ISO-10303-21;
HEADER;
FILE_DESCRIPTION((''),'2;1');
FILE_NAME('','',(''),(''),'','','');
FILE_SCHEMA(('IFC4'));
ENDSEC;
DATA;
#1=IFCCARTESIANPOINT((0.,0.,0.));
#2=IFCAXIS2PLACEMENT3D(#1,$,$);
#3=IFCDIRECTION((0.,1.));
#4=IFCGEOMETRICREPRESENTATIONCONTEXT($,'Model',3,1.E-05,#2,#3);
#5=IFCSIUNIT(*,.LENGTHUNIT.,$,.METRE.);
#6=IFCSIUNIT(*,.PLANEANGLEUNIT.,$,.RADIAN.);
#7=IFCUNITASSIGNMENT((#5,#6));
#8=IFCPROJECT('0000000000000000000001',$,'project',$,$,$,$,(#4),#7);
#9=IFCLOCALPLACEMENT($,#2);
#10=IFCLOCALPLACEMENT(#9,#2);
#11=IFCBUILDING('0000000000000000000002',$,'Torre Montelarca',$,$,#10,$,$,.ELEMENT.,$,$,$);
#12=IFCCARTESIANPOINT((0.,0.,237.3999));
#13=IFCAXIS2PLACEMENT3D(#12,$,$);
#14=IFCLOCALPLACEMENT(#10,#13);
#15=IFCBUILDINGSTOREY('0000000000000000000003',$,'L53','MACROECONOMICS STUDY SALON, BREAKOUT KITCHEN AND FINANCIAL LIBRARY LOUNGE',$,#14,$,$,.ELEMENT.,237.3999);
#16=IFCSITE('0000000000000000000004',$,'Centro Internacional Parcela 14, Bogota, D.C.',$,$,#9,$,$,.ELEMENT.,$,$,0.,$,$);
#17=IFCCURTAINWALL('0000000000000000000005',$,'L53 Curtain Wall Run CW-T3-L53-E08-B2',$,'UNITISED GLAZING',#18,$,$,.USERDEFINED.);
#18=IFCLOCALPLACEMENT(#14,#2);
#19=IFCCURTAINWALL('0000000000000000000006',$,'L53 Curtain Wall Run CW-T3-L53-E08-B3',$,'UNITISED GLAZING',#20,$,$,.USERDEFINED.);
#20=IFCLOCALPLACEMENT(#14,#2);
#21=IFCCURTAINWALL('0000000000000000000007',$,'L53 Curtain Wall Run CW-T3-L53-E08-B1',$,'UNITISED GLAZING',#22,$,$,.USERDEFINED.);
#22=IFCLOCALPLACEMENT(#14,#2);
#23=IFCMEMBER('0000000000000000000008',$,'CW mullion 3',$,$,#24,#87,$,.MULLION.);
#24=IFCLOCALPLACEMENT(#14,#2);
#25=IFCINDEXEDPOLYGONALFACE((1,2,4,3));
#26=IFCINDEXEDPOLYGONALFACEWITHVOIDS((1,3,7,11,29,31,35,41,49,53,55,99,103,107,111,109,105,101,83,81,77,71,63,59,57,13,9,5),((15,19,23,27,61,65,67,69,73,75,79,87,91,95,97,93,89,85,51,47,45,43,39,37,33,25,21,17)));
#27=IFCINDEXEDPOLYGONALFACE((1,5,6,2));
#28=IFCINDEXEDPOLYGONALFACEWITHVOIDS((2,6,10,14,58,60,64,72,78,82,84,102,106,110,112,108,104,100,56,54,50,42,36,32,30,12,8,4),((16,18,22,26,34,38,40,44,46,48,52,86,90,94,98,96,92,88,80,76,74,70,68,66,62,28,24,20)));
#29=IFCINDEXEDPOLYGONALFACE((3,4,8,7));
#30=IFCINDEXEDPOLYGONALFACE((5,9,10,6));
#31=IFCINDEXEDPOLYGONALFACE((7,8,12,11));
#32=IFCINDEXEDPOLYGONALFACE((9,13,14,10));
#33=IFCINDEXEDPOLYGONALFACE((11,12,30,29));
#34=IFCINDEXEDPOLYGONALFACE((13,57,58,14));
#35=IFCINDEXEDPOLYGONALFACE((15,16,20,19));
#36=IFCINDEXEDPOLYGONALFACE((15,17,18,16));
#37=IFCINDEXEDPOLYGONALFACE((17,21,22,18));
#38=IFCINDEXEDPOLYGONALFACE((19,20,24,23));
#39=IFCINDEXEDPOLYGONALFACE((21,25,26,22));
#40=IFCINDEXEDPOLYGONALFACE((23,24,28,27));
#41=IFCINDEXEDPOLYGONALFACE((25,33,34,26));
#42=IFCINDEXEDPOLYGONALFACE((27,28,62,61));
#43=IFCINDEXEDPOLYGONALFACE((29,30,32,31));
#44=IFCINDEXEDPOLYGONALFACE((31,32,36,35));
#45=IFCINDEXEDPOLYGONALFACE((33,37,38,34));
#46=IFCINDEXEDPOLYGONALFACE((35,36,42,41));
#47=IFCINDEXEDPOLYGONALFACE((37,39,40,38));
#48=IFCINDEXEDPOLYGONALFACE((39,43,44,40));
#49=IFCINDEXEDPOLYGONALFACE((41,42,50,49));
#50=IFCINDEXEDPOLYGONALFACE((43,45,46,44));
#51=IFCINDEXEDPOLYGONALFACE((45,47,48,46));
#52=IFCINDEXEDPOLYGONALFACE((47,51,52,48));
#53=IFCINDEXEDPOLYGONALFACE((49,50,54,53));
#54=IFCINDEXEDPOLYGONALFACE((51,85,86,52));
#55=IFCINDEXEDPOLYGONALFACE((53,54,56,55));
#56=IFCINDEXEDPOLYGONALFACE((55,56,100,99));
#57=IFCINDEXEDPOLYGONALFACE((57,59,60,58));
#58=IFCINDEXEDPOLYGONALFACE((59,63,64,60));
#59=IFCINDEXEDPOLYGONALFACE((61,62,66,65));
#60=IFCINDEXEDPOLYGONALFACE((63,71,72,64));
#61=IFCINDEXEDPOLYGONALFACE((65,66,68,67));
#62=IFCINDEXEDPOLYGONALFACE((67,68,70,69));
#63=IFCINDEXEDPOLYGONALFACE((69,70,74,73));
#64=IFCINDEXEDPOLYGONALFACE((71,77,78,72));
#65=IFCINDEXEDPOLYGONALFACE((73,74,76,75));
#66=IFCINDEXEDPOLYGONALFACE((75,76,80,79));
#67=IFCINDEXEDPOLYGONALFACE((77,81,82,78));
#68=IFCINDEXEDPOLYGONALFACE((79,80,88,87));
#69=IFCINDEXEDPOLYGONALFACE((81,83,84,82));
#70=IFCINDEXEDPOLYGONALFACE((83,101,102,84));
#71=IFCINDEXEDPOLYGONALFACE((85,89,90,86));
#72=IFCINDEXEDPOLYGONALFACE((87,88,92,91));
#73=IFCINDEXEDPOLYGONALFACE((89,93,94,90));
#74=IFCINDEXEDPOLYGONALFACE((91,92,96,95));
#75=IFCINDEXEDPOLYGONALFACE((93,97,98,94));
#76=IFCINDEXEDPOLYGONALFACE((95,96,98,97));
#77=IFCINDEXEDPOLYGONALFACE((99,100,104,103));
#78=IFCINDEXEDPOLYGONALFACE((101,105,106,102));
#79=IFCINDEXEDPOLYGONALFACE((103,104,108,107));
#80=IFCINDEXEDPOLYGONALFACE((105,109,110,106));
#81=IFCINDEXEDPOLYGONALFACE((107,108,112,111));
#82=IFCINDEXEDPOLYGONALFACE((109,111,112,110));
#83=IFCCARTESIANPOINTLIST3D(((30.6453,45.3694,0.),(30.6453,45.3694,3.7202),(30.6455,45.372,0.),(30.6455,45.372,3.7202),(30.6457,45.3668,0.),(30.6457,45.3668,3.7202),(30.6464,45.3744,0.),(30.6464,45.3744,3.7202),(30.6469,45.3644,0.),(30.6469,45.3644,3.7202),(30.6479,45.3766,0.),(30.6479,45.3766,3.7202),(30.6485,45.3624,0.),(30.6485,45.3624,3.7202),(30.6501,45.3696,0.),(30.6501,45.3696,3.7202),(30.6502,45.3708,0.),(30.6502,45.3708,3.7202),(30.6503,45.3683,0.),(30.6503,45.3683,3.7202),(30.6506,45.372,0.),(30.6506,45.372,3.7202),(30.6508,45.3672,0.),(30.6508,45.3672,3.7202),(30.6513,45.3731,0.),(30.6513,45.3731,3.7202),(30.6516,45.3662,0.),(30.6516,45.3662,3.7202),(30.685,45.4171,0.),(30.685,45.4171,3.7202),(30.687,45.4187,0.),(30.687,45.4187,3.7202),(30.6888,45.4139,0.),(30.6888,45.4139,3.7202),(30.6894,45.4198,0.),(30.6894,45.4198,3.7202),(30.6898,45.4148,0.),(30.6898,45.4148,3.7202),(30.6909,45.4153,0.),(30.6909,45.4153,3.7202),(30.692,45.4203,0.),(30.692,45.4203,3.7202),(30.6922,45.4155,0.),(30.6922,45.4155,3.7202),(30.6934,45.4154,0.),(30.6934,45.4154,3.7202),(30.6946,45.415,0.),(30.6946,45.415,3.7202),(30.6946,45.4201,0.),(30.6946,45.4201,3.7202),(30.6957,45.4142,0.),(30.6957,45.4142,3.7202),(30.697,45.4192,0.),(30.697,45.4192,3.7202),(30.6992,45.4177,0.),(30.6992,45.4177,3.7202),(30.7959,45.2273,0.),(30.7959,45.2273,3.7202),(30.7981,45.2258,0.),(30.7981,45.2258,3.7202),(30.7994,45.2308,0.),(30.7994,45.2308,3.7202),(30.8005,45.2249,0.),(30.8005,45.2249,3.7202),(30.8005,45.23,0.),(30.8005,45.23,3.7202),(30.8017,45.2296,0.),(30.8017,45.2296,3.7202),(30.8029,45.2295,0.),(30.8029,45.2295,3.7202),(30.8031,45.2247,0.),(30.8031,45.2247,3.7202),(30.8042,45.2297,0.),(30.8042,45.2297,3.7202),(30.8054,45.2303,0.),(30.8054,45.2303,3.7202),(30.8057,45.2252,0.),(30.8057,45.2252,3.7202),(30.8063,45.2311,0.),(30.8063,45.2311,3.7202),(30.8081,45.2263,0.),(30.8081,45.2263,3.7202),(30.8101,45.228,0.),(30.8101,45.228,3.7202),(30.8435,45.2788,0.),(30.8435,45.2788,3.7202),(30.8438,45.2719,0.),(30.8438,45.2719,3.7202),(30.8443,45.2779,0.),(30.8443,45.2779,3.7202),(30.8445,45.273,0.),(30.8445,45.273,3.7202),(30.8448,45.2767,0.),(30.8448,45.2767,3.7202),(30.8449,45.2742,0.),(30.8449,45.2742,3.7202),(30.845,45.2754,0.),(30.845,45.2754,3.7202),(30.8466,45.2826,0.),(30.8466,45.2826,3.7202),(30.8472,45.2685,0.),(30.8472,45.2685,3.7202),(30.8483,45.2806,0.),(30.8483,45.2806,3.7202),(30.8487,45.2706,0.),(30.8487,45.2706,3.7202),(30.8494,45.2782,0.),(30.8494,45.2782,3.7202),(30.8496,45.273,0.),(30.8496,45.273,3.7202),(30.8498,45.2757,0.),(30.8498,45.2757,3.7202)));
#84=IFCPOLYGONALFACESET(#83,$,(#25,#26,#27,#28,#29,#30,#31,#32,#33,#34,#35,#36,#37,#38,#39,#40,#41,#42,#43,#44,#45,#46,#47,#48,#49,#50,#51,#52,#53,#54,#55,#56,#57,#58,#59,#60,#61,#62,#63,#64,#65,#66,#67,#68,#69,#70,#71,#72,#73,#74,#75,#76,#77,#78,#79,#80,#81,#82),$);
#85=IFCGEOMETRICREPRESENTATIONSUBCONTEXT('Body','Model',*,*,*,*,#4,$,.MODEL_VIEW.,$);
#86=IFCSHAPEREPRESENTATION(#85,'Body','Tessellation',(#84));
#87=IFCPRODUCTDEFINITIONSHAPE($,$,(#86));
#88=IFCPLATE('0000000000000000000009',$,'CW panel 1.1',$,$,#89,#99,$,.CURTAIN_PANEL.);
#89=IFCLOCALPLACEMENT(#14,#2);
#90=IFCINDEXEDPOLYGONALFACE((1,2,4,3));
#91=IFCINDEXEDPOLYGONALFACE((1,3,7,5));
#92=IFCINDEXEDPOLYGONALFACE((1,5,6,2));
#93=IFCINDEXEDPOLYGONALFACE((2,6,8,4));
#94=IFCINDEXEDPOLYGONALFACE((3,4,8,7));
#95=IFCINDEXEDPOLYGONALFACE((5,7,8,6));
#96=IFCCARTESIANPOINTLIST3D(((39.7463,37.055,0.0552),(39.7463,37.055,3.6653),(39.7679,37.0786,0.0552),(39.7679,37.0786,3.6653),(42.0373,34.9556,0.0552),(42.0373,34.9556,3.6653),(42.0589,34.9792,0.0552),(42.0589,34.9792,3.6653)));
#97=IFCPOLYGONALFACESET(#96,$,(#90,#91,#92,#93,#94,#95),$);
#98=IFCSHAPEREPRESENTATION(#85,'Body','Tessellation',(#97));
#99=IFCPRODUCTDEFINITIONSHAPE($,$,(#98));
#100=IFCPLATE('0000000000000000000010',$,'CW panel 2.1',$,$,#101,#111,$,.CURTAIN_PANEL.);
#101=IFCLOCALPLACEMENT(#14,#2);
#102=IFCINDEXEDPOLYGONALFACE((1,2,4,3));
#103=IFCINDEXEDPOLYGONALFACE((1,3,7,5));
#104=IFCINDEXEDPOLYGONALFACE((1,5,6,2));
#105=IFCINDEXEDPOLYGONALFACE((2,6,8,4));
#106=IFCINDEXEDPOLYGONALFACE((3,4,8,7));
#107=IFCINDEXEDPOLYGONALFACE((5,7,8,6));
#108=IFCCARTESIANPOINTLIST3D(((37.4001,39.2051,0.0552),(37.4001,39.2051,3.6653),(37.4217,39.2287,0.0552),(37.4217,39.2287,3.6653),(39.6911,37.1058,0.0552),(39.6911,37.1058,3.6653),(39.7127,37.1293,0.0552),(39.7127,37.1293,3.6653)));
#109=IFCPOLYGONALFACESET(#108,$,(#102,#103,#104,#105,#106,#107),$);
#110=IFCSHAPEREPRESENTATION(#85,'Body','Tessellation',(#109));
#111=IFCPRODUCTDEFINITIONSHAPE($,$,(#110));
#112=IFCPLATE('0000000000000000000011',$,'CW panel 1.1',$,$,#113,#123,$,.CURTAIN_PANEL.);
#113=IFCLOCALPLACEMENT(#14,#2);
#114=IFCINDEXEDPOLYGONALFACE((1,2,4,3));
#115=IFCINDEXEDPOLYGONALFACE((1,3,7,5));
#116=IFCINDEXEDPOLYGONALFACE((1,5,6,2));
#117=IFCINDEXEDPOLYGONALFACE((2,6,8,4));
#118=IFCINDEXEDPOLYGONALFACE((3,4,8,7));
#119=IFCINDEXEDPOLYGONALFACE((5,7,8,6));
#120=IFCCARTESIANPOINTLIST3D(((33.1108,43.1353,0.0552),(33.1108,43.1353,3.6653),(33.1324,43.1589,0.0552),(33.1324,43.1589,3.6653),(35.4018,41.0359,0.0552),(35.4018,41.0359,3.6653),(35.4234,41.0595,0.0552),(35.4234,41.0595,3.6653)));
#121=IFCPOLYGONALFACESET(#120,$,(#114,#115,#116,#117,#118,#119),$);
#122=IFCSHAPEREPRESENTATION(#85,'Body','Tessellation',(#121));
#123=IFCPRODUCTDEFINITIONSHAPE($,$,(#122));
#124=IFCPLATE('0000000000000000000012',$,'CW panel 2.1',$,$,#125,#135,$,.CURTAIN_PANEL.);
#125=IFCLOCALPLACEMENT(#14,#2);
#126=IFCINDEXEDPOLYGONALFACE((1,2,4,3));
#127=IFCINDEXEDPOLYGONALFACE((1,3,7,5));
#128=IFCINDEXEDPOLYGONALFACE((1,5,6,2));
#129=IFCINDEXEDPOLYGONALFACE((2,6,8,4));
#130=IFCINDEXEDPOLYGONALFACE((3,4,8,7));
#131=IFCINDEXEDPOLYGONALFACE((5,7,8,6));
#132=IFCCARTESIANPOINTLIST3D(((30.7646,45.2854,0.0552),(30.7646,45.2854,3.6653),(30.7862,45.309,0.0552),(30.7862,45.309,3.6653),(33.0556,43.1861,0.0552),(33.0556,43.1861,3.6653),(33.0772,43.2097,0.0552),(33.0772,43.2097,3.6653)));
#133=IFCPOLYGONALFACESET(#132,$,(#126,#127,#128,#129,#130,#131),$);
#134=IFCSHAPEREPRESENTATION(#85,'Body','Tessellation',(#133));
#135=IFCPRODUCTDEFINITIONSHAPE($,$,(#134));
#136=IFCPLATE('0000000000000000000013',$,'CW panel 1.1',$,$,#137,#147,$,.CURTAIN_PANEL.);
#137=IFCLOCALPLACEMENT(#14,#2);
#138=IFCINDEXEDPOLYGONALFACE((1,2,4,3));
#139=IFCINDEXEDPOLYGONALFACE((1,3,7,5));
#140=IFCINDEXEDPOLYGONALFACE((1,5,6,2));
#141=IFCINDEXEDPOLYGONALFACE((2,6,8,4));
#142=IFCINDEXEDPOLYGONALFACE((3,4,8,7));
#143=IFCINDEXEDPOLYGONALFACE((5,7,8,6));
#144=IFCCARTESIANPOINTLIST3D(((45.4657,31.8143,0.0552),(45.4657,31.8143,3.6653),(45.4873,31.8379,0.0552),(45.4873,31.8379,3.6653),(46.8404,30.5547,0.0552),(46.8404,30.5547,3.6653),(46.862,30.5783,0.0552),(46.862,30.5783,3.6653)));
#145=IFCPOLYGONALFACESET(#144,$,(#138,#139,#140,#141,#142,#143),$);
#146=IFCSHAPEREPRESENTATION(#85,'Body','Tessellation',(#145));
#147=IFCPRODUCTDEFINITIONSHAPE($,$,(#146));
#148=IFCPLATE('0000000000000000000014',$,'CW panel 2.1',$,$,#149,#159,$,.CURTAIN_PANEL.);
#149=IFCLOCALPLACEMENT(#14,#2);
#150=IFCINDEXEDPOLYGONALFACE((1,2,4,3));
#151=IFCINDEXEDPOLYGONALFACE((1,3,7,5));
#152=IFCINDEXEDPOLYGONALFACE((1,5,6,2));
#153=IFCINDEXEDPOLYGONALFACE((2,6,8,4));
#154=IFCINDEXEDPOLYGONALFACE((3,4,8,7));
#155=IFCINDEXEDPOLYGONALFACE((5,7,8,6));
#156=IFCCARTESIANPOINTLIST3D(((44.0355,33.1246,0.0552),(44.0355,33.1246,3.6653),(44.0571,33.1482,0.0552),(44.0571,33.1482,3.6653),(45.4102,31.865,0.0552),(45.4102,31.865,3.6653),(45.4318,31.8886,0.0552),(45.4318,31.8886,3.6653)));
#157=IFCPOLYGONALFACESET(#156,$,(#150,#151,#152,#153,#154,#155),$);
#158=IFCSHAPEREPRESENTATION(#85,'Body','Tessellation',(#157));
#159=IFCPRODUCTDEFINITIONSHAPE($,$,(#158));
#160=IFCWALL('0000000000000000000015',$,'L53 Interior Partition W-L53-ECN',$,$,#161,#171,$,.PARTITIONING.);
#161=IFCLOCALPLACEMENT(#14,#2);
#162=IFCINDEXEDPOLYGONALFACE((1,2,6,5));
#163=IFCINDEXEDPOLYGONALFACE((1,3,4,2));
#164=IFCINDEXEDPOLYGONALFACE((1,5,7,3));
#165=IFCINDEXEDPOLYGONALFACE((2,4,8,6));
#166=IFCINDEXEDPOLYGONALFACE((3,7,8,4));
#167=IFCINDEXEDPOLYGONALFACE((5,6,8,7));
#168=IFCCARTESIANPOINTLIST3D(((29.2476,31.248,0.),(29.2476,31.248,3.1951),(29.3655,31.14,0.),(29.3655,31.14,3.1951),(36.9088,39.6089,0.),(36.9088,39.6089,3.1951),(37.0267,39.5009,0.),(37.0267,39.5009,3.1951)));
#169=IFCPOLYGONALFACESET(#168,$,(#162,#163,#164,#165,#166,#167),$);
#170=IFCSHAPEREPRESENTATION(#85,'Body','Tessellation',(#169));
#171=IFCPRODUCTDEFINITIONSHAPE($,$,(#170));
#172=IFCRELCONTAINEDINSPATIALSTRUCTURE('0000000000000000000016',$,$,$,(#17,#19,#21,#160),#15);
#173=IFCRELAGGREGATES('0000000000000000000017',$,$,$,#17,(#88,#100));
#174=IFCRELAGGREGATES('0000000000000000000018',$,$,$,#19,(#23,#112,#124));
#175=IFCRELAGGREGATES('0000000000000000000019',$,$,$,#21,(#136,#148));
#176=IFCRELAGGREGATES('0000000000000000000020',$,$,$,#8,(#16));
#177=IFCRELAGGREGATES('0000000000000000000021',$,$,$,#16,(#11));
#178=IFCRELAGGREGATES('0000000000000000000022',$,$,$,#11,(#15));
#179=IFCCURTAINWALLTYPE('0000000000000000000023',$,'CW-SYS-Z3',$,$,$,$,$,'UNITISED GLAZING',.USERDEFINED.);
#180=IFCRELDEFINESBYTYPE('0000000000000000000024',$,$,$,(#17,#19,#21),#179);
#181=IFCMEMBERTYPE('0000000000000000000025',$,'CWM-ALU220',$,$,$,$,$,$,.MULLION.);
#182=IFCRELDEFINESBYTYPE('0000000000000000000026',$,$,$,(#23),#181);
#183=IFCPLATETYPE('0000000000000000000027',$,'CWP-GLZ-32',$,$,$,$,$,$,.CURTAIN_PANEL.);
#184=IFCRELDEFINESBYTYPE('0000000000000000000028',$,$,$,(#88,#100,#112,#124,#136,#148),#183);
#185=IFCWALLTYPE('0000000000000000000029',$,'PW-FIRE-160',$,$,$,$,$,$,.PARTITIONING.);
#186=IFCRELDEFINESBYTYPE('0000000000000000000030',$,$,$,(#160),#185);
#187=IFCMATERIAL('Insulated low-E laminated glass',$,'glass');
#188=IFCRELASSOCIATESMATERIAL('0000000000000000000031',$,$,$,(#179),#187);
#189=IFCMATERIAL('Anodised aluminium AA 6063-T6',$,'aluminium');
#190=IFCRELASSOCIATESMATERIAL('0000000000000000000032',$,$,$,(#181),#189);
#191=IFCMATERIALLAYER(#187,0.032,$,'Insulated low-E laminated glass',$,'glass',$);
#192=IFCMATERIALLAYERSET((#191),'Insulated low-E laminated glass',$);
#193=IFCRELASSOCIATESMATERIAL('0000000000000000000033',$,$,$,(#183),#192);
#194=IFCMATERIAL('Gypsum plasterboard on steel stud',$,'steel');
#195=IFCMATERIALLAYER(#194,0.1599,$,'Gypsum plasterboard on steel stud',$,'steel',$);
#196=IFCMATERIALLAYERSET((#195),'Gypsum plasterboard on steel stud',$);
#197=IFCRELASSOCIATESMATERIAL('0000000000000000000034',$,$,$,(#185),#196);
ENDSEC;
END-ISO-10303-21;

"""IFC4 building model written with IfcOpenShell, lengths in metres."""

from ifc_helpers import new_model, si_unit, direction, frame, frame_2d, origin, origin_2d, place, context, subcontext, project, spatial, rectangle, hollow_rectangle, extrude, source, transform, mapped, material, layer, layer_set, material_profile, profile_set, type_object, element, aggregate, save


model = new_model("IFC4")

# Units and contexts
model_context = context("Model", 3, precision=1e-05, world=origin(), true_north=direction((0.0, 1.0)))
body_context = subcontext(model_context, "Body", "Model", "MODEL_VIEW")
ifc_project = project(units=[si_unit("LENGTHUNIT", "METRE"), si_unit("PLANEANGLEUNIT", "RADIAN")], contexts=[model_context])

# Site, building, storey
site_placement = place(None, origin())
site = spatial("IfcSite", under=ifc_project, at=site_placement, Name="Centro Internacional Parcela 14, Bogota, D.C.", CompositionType="ELEMENT", RefElevation=0.0)
building_placement = place(site_placement, origin())
building = spatial("IfcBuilding", under=site, at=building_placement, Name="Torre Montelarca", CompositionType="ELEMENT")
storey_placement = place(building_placement, frame((0.0, 0.0, 237.3999)))
storey = spatial("IfcBuildingStorey", under=building, at=storey_placement, Name="L53", Description="MACROECONOMICS STUDY SALON, BREAKOUT KITCHEN AND FINANCIAL LIBRARY LOUNGE", CompositionType="ELEMENT", Elevation=237.3999)

# Curtain walls
ifc_material_1 = material(Name="Insulated low-E laminated glass", Category="glass")
curtain_wall_type = type_object("IfcCurtainWallType", Name="CW-SYS-Z3", ElementType="UNITISED GLAZING", PredefinedType="USERDEFINED", material=ifc_material_1)
curtain_wall_1_placement = place(storey_placement, origin())
curtain_wall_1 = element("IfcCurtainWall", 1, at=curtain_wall_1_placement, inside=storey, type_object=curtain_wall_type, Name="L53 Curtain Wall Run CW-T3-L53-E08-B2", ObjectType="UNITISED GLAZING", PredefinedType="USERDEFINED")
ifc_material_2 = material(Name="Anodised aluminium AA 6063-T6", Category="aluminium")
curtain_wall_2_placement = place(storey_placement, origin())
curtain_wall_2 = element("IfcCurtainWall", 2, at=curtain_wall_2_placement, inside=storey, type_object=curtain_wall_type, Name="L53 Curtain Wall Run CW-T3-L53-E08-B3", ObjectType="UNITISED GLAZING", PredefinedType="USERDEFINED")

# Curtain wall
curtain_wall_3_placement = place(storey_placement, origin())
curtain_wall_3 = element("IfcCurtainWall", 3, at=curtain_wall_3_placement, inside=storey, type_object=curtain_wall_type, Name="L53 Curtain Wall Run CW-T3-L53-E08-B1", ObjectType="UNITISED GLAZING", PredefinedType="USERDEFINED")
ifc_material_profile_1 = material_profile(ifc_material_2, hollow_rectangle(XDim=0.075, YDim=0.22, WallThickness=0.0049, InnerFilletRadius=0.0049, OuterFilletRadius=0.01, at=origin_2d()), Name="ALU75X220X5", Category="aluminium")
ifc_profile_set_1 = profile_set([ifc_material_profile_1], Name="Anodised aluminium AA 6063-T6")
member_type_1 = type_object("IfcMemberType", Name="CWM-ALU220", PredefinedType="MULLION", material=ifc_profile_set_1)
shared_shape_1 = source(origin(), body_context, "Body", "SweptSolid", [
    extrude(hollow_rectangle(XDim=0.075, YDim=0.22, WallThickness=0.0049, InnerFilletRadius=0.0049, OuterFilletRadius=0.01, at=origin_2d()), origin(), (0.0, 0.0, 1.0), 3.7202),
])

# Member
member_1_placement = place(storey_placement, frame((30.7476, 45.3225, 0.0), z_axis=(0.0, 0.0, 1.0), x_axis=(-0.675595, -0.737273, 0.0)))
member_1 = element("IfcMember", 4, at=member_1_placement, type_object=member_type_1, Name="CW mullion 3", PredefinedType="MULLION", context=body_context, shape_type="MappedRepresentation", body=[
    mapped(shared_shape_1, transform((0.0, 0.0, 0.0), scale=1.0)),
])

# Plates
ifc_layer_1 = layer(ifc_material_1, 0.032, Name="Insulated low-E laminated glass", Category="glass")
ifc_layer_set_1 = layer_set([ifc_layer_1], Name="Insulated low-E laminated glass")
plate_type = type_object("IfcPlateType", Name="CWP-GLZ-32", PredefinedType="CURTAIN_PANEL", material=ifc_layer_set_1)
shared_shape_2 = source(origin(), body_context, "Body", "SweptSolid", [
    extrude(rectangle(XDim=3.1074, YDim=0.032, at=origin_2d()), origin(), (0.0, 0.0, 1.0), 3.6101),
])
plate_1_placement = place(storey_placement, frame((40.9026, 36.0171, 0.0552), z_axis=(0.0, 0.0, 1.0), x_axis=(-0.737273, 0.675595, 0.0)))
plate_1 = element("IfcPlate", 5, at=plate_1_placement, type_object=plate_type, Name="CW panel 1.1", PredefinedType="CURTAIN_PANEL", context=body_context, shape_type="MappedRepresentation", body=[
    mapped(shared_shape_2, transform((0.0, 0.0, 0.0), scale=1.0)),
])
plate_2_placement = place(storey_placement, frame((38.5564, 38.1672, 0.0552), z_axis=(0.0, 0.0, 1.0), x_axis=(-0.737273, 0.675595, 0.0)))
plate_2 = element("IfcPlate", 6, at=plate_2_placement, type_object=plate_type, Name="CW panel 2.1", PredefinedType="CURTAIN_PANEL", context=body_context, shape_type="MappedRepresentation", body=[
    mapped(shared_shape_2, transform((0.0, 0.0, 0.0), scale=1.0)),
])
aggregate(curtain_wall_1, [plate_1, plate_2])
plate_3_placement = place(storey_placement, frame((34.2671, 42.0974, 0.0552), z_axis=(0.0, 0.0, 1.0), x_axis=(-0.737273, 0.675595, 0.0)))
plate_3 = element("IfcPlate", 7, at=plate_3_placement, type_object=plate_type, Name="CW panel 1.1", PredefinedType="CURTAIN_PANEL", context=body_context, shape_type="MappedRepresentation", body=[
    mapped(shared_shape_2, transform((0.0, 0.0, 0.0), scale=1.0)),
])
plate_4_placement = place(storey_placement, frame((31.9209, 44.2476, 0.0552), z_axis=(0.0, 0.0, 1.0), x_axis=(-0.737273, 0.675595, 0.0)))
plate_4 = element("IfcPlate", 8, at=plate_4_placement, type_object=plate_type, Name="CW panel 2.1", PredefinedType="CURTAIN_PANEL", context=body_context, shape_type="MappedRepresentation", body=[
    mapped(shared_shape_2, transform((0.0, 0.0, 0.0), scale=1.0)),
])
aggregate(curtain_wall_2, [member_1, plate_3, plate_4])
shared_shape_3 = source(origin(), body_context, "Body", "SweptSolid", [
    extrude(rectangle(XDim=1.8645, YDim=0.032, at=origin_2d()), origin(), (0.0, 0.0, 1.0), 3.6101),
])
plate_5_placement = place(storey_placement, frame((46.1638, 31.1963, 0.0552), z_axis=(0.0, 0.0, 1.0), x_axis=(-0.737286, 0.67558, 0.0)))
plate_5 = element("IfcPlate", 9, at=plate_5_placement, type_object=plate_type, Name="CW panel 1.1", PredefinedType="CURTAIN_PANEL", context=body_context, shape_type="MappedRepresentation", body=[
    mapped(shared_shape_3, transform((0.0, 0.0, 0.0), scale=1.0)),
])
plate_6_placement = place(storey_placement, frame((44.7336, 32.5066, 0.0552), z_axis=(0.0, 0.0, 1.0), x_axis=(-0.737286, 0.67558, 0.0)))
plate_6 = element("IfcPlate", 10, at=plate_6_placement, type_object=plate_type, Name="CW panel 2.1", PredefinedType="CURTAIN_PANEL", context=body_context, shape_type="MappedRepresentation", body=[
    mapped(shared_shape_3, transform((0.0, 0.0, 0.0), scale=1.0)),
])
aggregate(curtain_wall_3, [plate_5, plate_6])

# Wall
ifc_material_3 = material(Name="Gypsum plasterboard on steel stud", Category="steel")
ifc_layer_2 = layer(ifc_material_3, 0.1599, Name="Gypsum plasterboard on steel stud", Category="steel")
ifc_layer_set_2 = layer_set([ifc_layer_2], Name="Gypsum plasterboard on steel stud")
wall_type_1 = type_object("IfcWallType", Name="PW-FIRE-160", PredefinedType="PARTITIONING", material=ifc_layer_set_2)
wall_1_placement = place(storey_placement, frame((29.3066, 31.1941, 0.0), z_axis=(0.0, 0.0, 1.0), x_axis=(0.675582, 0.737285, 0.0)))
element("IfcWall", 11, at=wall_1_placement, inside=storey, type_object=wall_type_1, Name="L53 Interior Partition W-L53-ECN", PredefinedType="PARTITIONING", context=body_context, shape_type="SweptSolid", body=[
    extrude(rectangle(XDim=11.3401, YDim=0.1599, at=frame_2d((5.6699, 0.0))), origin(), (0.0, 0.0, 1.0), 3.1951),
])

save(model, "model.ifc")
